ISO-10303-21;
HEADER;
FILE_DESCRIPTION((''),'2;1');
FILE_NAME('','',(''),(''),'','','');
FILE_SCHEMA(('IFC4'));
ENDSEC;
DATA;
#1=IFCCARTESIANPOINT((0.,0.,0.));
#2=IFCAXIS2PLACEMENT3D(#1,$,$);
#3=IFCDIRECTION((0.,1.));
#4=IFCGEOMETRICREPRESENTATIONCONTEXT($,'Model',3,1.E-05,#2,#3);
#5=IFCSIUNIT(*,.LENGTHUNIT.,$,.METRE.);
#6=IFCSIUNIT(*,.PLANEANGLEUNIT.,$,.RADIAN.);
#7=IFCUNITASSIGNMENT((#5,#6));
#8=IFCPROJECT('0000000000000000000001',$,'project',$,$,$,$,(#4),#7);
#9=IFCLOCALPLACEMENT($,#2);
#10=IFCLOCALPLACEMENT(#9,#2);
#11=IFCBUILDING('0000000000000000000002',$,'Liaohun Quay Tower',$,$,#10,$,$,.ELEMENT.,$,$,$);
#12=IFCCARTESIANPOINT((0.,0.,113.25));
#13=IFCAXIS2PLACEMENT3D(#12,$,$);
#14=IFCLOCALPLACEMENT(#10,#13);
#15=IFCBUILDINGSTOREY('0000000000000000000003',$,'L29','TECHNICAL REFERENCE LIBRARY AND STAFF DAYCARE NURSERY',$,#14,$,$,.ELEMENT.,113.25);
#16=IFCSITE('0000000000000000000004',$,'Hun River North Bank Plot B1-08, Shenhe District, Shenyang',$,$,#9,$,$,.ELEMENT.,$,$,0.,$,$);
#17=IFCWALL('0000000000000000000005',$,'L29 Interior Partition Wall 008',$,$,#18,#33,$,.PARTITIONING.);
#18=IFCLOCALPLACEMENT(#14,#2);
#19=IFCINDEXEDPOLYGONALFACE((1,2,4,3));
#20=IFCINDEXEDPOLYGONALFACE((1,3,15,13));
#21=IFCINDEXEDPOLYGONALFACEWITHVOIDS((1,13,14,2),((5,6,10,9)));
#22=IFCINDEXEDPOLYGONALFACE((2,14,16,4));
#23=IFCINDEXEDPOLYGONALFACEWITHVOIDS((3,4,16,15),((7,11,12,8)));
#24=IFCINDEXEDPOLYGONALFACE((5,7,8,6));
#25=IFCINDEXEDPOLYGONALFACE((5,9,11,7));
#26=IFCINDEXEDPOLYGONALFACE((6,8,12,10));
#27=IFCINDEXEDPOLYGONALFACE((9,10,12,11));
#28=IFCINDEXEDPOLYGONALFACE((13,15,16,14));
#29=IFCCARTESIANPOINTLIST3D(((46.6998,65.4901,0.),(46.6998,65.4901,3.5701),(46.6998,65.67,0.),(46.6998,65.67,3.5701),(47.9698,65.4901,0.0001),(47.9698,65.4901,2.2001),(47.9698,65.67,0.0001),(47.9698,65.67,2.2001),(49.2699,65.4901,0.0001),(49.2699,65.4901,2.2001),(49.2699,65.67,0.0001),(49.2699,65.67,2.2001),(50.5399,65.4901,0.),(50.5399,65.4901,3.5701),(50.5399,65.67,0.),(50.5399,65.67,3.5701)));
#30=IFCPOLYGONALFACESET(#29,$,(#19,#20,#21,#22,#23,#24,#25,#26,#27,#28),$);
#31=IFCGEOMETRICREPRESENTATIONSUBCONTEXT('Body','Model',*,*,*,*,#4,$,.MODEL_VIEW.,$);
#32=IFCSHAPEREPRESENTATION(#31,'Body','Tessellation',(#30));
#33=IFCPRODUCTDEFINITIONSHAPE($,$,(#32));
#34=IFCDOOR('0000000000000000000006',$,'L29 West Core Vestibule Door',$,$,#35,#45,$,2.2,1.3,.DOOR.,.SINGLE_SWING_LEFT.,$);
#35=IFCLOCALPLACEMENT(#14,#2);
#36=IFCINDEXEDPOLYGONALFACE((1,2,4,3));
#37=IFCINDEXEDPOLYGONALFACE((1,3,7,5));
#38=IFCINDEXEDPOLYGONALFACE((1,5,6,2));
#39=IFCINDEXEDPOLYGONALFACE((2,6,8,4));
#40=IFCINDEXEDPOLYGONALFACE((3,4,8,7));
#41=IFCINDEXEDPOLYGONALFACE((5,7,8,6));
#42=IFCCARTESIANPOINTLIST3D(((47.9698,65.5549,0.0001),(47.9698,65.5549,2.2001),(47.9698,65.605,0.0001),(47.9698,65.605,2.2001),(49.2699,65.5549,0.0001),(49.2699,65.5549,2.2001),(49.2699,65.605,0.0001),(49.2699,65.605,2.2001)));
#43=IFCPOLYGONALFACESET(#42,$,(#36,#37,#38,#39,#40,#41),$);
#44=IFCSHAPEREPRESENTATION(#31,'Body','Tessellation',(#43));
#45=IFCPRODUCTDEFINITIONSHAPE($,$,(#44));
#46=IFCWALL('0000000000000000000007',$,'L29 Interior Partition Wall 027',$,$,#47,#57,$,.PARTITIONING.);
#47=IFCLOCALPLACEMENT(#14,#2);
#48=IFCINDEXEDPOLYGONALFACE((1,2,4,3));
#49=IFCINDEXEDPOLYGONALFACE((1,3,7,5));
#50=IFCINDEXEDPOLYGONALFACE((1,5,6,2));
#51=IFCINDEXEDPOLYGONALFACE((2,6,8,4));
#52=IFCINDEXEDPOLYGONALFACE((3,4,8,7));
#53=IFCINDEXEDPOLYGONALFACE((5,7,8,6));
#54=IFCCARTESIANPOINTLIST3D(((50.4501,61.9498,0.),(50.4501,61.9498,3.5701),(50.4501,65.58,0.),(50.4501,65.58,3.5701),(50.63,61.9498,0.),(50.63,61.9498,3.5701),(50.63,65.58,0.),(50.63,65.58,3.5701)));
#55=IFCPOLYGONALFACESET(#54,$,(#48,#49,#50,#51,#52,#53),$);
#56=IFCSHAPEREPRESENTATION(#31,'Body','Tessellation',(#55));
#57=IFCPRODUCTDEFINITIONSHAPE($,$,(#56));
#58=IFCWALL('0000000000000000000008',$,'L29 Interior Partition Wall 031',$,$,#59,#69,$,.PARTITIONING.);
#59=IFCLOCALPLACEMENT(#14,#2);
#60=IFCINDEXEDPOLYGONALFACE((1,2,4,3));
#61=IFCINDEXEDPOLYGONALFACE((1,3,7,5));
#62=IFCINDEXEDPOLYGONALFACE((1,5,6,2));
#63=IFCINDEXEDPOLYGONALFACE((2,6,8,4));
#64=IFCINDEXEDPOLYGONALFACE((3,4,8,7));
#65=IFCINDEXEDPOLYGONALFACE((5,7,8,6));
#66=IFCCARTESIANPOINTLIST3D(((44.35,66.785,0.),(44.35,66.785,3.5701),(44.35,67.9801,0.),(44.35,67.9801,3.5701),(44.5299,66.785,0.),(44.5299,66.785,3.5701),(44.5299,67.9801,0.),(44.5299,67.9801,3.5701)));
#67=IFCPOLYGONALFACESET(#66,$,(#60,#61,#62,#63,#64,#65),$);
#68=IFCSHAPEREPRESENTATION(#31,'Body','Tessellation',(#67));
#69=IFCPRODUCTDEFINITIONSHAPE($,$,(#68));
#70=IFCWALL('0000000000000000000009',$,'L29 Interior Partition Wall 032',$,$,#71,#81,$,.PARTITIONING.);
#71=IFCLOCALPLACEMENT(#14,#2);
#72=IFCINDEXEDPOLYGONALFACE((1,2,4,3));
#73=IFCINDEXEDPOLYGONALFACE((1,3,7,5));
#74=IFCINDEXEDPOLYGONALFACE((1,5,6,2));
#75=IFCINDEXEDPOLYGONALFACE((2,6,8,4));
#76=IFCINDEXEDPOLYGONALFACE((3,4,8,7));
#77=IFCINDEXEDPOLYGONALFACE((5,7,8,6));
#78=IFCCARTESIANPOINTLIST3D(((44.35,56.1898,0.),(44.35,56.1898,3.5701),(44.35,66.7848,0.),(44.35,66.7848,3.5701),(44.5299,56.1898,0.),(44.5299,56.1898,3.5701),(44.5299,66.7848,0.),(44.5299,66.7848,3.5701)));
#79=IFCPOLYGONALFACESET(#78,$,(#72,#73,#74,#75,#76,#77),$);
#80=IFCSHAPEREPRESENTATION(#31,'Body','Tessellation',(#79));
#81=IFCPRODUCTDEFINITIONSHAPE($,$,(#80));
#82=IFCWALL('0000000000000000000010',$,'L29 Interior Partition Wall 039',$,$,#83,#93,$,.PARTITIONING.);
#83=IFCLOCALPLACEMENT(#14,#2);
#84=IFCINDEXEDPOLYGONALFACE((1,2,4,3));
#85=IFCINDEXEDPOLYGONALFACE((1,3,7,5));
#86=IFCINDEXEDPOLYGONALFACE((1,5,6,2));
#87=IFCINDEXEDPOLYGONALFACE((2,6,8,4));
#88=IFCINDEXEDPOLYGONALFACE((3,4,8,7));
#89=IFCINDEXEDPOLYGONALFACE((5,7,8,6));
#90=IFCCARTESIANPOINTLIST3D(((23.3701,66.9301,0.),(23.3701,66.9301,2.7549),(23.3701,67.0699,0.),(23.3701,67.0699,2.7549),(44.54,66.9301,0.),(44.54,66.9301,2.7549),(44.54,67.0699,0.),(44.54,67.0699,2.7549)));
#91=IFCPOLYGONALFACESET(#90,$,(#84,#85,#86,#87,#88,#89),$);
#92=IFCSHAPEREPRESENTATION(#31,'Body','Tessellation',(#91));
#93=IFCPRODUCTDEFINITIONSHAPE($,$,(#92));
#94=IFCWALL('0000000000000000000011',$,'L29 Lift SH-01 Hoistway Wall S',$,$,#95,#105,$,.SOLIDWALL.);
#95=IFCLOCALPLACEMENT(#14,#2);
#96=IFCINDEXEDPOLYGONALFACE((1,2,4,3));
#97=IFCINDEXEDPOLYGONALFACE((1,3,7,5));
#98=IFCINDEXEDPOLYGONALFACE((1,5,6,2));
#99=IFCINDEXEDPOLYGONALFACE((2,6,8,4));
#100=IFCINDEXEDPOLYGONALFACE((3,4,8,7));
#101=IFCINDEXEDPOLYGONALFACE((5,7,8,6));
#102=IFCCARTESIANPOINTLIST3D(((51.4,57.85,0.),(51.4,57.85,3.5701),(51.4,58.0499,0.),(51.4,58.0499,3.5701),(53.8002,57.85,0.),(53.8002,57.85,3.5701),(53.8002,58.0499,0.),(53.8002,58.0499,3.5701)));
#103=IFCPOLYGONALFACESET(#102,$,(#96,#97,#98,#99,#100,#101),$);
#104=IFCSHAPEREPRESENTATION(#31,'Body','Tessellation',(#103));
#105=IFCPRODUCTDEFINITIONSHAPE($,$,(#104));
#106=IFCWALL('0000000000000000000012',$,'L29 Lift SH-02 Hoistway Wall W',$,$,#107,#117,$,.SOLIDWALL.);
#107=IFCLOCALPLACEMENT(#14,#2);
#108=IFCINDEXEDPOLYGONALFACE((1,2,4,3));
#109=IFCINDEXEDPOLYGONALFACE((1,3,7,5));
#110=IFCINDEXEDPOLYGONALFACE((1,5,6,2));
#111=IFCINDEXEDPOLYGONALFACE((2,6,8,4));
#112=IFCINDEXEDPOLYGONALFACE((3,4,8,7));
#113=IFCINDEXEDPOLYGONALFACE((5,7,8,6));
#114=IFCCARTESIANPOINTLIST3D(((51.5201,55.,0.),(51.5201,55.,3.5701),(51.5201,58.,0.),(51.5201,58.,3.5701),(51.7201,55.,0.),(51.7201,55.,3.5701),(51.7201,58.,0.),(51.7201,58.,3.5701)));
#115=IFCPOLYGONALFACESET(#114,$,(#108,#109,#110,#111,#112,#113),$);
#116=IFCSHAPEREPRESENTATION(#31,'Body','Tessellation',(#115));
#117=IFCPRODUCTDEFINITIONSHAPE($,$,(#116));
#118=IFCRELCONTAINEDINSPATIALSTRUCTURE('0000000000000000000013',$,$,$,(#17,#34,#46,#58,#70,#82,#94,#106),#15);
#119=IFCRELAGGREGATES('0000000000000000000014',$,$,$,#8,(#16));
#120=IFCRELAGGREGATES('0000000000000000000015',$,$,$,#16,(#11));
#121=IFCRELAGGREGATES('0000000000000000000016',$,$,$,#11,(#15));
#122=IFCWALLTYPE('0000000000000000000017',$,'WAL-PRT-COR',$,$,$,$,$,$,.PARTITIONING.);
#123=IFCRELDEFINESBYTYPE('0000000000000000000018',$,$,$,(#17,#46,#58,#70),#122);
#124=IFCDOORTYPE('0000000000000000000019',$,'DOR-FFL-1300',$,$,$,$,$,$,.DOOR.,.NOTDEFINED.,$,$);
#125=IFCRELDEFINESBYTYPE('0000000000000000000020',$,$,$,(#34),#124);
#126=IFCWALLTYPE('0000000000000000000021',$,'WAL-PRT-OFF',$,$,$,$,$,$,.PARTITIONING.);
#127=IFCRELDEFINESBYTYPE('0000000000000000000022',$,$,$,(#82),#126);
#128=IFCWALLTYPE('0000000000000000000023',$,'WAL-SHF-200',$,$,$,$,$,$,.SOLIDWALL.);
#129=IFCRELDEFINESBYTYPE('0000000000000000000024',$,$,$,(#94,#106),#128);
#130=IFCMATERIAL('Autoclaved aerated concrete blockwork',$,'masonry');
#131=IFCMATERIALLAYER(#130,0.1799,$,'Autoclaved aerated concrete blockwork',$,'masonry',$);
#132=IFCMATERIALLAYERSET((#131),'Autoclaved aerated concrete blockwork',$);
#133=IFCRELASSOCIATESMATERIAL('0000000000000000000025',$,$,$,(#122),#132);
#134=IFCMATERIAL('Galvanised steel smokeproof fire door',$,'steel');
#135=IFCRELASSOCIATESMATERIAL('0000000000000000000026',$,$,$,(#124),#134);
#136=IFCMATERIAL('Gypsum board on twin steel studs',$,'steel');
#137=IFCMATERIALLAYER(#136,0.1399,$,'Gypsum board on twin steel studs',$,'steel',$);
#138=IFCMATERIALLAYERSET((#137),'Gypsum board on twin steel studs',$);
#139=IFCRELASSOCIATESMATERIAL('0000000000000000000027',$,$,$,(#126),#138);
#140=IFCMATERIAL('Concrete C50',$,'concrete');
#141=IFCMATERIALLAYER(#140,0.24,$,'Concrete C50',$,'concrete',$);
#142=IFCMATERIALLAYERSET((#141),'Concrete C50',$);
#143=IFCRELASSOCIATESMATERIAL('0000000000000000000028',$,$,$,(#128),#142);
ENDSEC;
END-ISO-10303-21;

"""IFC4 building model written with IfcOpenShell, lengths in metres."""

from ifc_helpers import new_model, si_unit, direction, frame, frame_2d, origin, place, context, subcontext, project, spatial, rectangle, extrude, source, transform, mapped, material, layer, layer_set, type_object, element, fill, save


model = new_model("IFC4")

# Units and contexts
model_context = context("Model", 3, precision=1e-05, world=origin(), true_north=direction((0.0, 1.0)))
body_context = subcontext(model_context, "Body", "Model", "MODEL_VIEW")
ifc_project = project(units=[si_unit("LENGTHUNIT", "METRE"), si_unit("PLANEANGLEUNIT", "RADIAN")], contexts=[model_context])

# Site, building, storey
site_placement = place(None, origin())
site = spatial("IfcSite", under=ifc_project, at=site_placement, Name="Hun River North Bank Plot B1-08, Shenhe District, Shenyang", CompositionType="ELEMENT", RefElevation=0.0)
building_placement = place(site_placement, origin())
building = spatial("IfcBuilding", under=site, at=building_placement, Name="Liaohun Quay Tower", CompositionType="ELEMENT")
storey_placement = place(building_placement, frame((0.0, 0.0, 113.25)))
storey = spatial("IfcBuildingStorey", under=building, at=storey_placement, Name="L29", Description="TECHNICAL REFERENCE LIBRARY AND STAFF DAYCARE NURSERY", CompositionType="ELEMENT", Elevation=113.25)

# Wall, opening, door
ifc_material_1 = material(Name="Autoclaved aerated concrete blockwork", Category="masonry")
ifc_layer_1 = layer(ifc_material_1, 0.1799, Name="Autoclaved aerated concrete blockwork", Category="masonry")
ifc_layer_set_1 = layer_set([ifc_layer_1], Name="Autoclaved aerated concrete blockwork")
wall_type_1 = type_object("IfcWallType", Name="WAL-PRT-COR", PredefinedType="PARTITIONING", material=ifc_layer_set_1)
wall_1_placement = place(storey_placement, frame((46.7, 65.5801, 0.0), z_axis=(0.0, 0.0, 1.0), x_axis=(1.0, 0.0, 0.0)))
wall_1 = element("IfcWall", 1, at=wall_1_placement, inside=storey, type_object=wall_type_1, Name="L29 Interior Partition Wall 008", PredefinedType="PARTITIONING", context=body_context, shape_type="SweptSolid", body=[
    extrude(rectangle(XDim=3.8401, YDim=0.1799, at=frame_2d((1.9199, 0.0))), origin(), (0.0, 0.0, 1.0), 3.5701),
])
shared_shape_1 = source(origin(), body_context, "Body", "SweptSolid", [
    extrude(rectangle(XDim=1.3, YDim=2.2, at=frame_2d((0.6499, 1.1001))), frame((0.0, 0.0999, 0.0), z_axis=(0.0, -1.0, 0.0), x_axis=(1.0, 0.0, 0.0)), (0.0, 0.0, 1.0), 0.2),
])
opening_1_placement = place(wall_1_placement, frame((1.27, 0.0, 0.0)))
opening_1 = element("IfcOpeningElement", 2, at=opening_1_placement, cuts=wall_1, PredefinedType="OPENING", context=body_context, shape_type="MappedRepresentation", body=[
    mapped(shared_shape_1, transform((0.0, 0.0, 0.0), x_axis=(1.0, 0.0, 0.0), y_axis=(0.0, 1.0, 0.0), z_axis=(0.0, 0.0, 1.0), scale=1.0)),
])
ifc_material_2 = material(Name="Galvanised steel smokeproof fire door", Category="steel")
door_type_1 = type_object("IfcDoorType", Name="DOR-FFL-1300", OperationType="NOTDEFINED", PredefinedType="DOOR", material=ifc_material_2)
shared_shape_2 = source(origin(), body_context, "Body", "SweptSolid", [
    extrude(rectangle(XDim=1.3, YDim=2.2, at=frame_2d((0.6499, 1.1001))), frame((0.0, 0.0249, 0.0), z_axis=(0.0, -1.0, 0.0), x_axis=(1.0, 0.0, 0.0)), (0.0, 0.0, 1.0), 0.05),
])
door_1_placement = place(opening_1_placement, origin())
door_1 = element("IfcDoor", 3, at=door_1_placement, inside=storey, type_object=door_type_1, Name="L29 West Core Vestibule Door", OperationType="SINGLE_SWING_LEFT", OverallHeight=2.2, OverallWidth=1.3, PredefinedType="DOOR", context=body_context, shape_type="MappedRepresentation", body=[
    mapped(shared_shape_2, transform((0.0, 0.0, 0.0), x_axis=(1.0, 0.0, 0.0), y_axis=(0.0, 1.0, 0.0), z_axis=(0.0, 0.0, 1.0), scale=1.0)),
])
fill(opening_1, door_1)

# Walls
wall_2_placement = place(storey_placement, frame((50.54, 61.95, 0.0), z_axis=(0.0, 0.0, 1.0), x_axis=(0.0, 1.0, 0.0)))
element("IfcWall", 4, at=wall_2_placement, inside=storey, type_object=wall_type_1, Name="L29 Interior Partition Wall 027", PredefinedType="PARTITIONING", context=body_context, shape_type="SweptSolid", body=[
    extrude(rectangle(XDim=3.6301, YDim=0.1799, at=frame_2d((1.8149, 0.0))), origin(), (0.0, 0.0, 1.0), 3.5701),
])
wall_3_placement = place(storey_placement, frame((44.4399, 66.7849, 0.0), z_axis=(0.0, 0.0, 1.0), x_axis=(0.0, 1.0, 0.0)))
element("IfcWall", 5, at=wall_3_placement, inside=storey, type_object=wall_type_1, Name="L29 Interior Partition Wall 031", PredefinedType="PARTITIONING", context=body_context, shape_type="SweptSolid", body=[
    extrude(rectangle(XDim=1.1951, YDim=0.1799, at=frame_2d((0.5977, 0.0))), origin(), (0.0, 0.0, 1.0), 3.5701),
])
wall_4_placement = place(storey_placement, frame((44.4399, 56.1899, 0.0), z_axis=(0.0, 0.0, 1.0), x_axis=(0.0, 1.0, 0.0)))
element("IfcWall", 6, at=wall_4_placement, inside=storey, type_object=wall_type_1, Name="L29 Interior Partition Wall 032", PredefinedType="PARTITIONING", context=body_context, shape_type="SweptSolid", body=[
    extrude(rectangle(XDim=10.595, YDim=0.1799, at=frame_2d((5.2974, 0.0))), origin(), (0.0, 0.0, 1.0), 3.5701),
])
ifc_material_3 = material(Name="Gypsum board on twin steel studs", Category="steel")
ifc_layer_2 = layer(ifc_material_3, 0.1399, Name="Gypsum board on twin steel studs", Category="steel")
ifc_layer_set_2 = layer_set([ifc_layer_2], Name="Gypsum board on twin steel studs")
wall_type_2 = type_object("IfcWallType", Name="WAL-PRT-OFF", PredefinedType="PARTITIONING", material=ifc_layer_set_2)
wall_5_placement = place(storey_placement, frame((44.54, 67.0, 0.0), z_axis=(0.0, 0.0, 1.0), x_axis=(-1.0, 0.0, 0.0)))
element("IfcWall", 7, at=wall_5_placement, inside=storey, type_object=wall_type_2, Name="L29 Interior Partition Wall 039", PredefinedType="PARTITIONING", context=body_context, shape_type="SweptSolid", body=[
    extrude(rectangle(XDim=21.1699, YDim=0.1399, at=frame_2d((10.585, 0.0))), origin(), (0.0, 0.0, 1.0), 2.7549),
])
ifc_material_4 = material(Name="Concrete C50", Category="concrete")
ifc_layer_3 = layer(ifc_material_4, 0.24, Name="Concrete C50", Category="concrete")
ifc_layer_set_3 = layer_set([ifc_layer_3], Name="Concrete C50")
wall_type_3 = type_object("IfcWallType", Name="WAL-SHF-200", PredefinedType="SOLIDWALL", material=ifc_layer_set_3)
wall_6_placement = place(storey_placement, frame((51.3999, 57.95, 0.0), z_axis=(0.0, 0.0, 1.0), x_axis=(1.0, 0.0, 0.0)))
element("IfcWall", 8, at=wall_6_placement, inside=storey, type_object=wall_type_3, Name="L29 Lift SH-01 Hoistway Wall S", PredefinedType="SOLIDWALL", context=body_context, shape_type="SweptSolid", body=[
    extrude(rectangle(XDim=2.4001, YDim=0.2, at=frame_2d((1.2002, 0.0))), origin(), (0.0, 0.0, 1.0), 3.5701),
])
wall_7_placement = place(storey_placement, frame((51.6201, 58.0, 0.0), z_axis=(0.0, 0.0, 1.0), x_axis=(0.0, -1.0, 0.0)))
element("IfcWall", 9, at=wall_7_placement, inside=storey, type_object=wall_type_3, Name="L29 Lift SH-02 Hoistway Wall W", PredefinedType="SOLIDWALL", context=body_context, shape_type="SweptSolid", body=[
    extrude(rectangle(XDim=3.0, YDim=0.2, at=frame_2d((1.5, 0.0))), origin(), (0.0, 0.0, 1.0), 3.5701),
])

save(model, "model.ifc")
